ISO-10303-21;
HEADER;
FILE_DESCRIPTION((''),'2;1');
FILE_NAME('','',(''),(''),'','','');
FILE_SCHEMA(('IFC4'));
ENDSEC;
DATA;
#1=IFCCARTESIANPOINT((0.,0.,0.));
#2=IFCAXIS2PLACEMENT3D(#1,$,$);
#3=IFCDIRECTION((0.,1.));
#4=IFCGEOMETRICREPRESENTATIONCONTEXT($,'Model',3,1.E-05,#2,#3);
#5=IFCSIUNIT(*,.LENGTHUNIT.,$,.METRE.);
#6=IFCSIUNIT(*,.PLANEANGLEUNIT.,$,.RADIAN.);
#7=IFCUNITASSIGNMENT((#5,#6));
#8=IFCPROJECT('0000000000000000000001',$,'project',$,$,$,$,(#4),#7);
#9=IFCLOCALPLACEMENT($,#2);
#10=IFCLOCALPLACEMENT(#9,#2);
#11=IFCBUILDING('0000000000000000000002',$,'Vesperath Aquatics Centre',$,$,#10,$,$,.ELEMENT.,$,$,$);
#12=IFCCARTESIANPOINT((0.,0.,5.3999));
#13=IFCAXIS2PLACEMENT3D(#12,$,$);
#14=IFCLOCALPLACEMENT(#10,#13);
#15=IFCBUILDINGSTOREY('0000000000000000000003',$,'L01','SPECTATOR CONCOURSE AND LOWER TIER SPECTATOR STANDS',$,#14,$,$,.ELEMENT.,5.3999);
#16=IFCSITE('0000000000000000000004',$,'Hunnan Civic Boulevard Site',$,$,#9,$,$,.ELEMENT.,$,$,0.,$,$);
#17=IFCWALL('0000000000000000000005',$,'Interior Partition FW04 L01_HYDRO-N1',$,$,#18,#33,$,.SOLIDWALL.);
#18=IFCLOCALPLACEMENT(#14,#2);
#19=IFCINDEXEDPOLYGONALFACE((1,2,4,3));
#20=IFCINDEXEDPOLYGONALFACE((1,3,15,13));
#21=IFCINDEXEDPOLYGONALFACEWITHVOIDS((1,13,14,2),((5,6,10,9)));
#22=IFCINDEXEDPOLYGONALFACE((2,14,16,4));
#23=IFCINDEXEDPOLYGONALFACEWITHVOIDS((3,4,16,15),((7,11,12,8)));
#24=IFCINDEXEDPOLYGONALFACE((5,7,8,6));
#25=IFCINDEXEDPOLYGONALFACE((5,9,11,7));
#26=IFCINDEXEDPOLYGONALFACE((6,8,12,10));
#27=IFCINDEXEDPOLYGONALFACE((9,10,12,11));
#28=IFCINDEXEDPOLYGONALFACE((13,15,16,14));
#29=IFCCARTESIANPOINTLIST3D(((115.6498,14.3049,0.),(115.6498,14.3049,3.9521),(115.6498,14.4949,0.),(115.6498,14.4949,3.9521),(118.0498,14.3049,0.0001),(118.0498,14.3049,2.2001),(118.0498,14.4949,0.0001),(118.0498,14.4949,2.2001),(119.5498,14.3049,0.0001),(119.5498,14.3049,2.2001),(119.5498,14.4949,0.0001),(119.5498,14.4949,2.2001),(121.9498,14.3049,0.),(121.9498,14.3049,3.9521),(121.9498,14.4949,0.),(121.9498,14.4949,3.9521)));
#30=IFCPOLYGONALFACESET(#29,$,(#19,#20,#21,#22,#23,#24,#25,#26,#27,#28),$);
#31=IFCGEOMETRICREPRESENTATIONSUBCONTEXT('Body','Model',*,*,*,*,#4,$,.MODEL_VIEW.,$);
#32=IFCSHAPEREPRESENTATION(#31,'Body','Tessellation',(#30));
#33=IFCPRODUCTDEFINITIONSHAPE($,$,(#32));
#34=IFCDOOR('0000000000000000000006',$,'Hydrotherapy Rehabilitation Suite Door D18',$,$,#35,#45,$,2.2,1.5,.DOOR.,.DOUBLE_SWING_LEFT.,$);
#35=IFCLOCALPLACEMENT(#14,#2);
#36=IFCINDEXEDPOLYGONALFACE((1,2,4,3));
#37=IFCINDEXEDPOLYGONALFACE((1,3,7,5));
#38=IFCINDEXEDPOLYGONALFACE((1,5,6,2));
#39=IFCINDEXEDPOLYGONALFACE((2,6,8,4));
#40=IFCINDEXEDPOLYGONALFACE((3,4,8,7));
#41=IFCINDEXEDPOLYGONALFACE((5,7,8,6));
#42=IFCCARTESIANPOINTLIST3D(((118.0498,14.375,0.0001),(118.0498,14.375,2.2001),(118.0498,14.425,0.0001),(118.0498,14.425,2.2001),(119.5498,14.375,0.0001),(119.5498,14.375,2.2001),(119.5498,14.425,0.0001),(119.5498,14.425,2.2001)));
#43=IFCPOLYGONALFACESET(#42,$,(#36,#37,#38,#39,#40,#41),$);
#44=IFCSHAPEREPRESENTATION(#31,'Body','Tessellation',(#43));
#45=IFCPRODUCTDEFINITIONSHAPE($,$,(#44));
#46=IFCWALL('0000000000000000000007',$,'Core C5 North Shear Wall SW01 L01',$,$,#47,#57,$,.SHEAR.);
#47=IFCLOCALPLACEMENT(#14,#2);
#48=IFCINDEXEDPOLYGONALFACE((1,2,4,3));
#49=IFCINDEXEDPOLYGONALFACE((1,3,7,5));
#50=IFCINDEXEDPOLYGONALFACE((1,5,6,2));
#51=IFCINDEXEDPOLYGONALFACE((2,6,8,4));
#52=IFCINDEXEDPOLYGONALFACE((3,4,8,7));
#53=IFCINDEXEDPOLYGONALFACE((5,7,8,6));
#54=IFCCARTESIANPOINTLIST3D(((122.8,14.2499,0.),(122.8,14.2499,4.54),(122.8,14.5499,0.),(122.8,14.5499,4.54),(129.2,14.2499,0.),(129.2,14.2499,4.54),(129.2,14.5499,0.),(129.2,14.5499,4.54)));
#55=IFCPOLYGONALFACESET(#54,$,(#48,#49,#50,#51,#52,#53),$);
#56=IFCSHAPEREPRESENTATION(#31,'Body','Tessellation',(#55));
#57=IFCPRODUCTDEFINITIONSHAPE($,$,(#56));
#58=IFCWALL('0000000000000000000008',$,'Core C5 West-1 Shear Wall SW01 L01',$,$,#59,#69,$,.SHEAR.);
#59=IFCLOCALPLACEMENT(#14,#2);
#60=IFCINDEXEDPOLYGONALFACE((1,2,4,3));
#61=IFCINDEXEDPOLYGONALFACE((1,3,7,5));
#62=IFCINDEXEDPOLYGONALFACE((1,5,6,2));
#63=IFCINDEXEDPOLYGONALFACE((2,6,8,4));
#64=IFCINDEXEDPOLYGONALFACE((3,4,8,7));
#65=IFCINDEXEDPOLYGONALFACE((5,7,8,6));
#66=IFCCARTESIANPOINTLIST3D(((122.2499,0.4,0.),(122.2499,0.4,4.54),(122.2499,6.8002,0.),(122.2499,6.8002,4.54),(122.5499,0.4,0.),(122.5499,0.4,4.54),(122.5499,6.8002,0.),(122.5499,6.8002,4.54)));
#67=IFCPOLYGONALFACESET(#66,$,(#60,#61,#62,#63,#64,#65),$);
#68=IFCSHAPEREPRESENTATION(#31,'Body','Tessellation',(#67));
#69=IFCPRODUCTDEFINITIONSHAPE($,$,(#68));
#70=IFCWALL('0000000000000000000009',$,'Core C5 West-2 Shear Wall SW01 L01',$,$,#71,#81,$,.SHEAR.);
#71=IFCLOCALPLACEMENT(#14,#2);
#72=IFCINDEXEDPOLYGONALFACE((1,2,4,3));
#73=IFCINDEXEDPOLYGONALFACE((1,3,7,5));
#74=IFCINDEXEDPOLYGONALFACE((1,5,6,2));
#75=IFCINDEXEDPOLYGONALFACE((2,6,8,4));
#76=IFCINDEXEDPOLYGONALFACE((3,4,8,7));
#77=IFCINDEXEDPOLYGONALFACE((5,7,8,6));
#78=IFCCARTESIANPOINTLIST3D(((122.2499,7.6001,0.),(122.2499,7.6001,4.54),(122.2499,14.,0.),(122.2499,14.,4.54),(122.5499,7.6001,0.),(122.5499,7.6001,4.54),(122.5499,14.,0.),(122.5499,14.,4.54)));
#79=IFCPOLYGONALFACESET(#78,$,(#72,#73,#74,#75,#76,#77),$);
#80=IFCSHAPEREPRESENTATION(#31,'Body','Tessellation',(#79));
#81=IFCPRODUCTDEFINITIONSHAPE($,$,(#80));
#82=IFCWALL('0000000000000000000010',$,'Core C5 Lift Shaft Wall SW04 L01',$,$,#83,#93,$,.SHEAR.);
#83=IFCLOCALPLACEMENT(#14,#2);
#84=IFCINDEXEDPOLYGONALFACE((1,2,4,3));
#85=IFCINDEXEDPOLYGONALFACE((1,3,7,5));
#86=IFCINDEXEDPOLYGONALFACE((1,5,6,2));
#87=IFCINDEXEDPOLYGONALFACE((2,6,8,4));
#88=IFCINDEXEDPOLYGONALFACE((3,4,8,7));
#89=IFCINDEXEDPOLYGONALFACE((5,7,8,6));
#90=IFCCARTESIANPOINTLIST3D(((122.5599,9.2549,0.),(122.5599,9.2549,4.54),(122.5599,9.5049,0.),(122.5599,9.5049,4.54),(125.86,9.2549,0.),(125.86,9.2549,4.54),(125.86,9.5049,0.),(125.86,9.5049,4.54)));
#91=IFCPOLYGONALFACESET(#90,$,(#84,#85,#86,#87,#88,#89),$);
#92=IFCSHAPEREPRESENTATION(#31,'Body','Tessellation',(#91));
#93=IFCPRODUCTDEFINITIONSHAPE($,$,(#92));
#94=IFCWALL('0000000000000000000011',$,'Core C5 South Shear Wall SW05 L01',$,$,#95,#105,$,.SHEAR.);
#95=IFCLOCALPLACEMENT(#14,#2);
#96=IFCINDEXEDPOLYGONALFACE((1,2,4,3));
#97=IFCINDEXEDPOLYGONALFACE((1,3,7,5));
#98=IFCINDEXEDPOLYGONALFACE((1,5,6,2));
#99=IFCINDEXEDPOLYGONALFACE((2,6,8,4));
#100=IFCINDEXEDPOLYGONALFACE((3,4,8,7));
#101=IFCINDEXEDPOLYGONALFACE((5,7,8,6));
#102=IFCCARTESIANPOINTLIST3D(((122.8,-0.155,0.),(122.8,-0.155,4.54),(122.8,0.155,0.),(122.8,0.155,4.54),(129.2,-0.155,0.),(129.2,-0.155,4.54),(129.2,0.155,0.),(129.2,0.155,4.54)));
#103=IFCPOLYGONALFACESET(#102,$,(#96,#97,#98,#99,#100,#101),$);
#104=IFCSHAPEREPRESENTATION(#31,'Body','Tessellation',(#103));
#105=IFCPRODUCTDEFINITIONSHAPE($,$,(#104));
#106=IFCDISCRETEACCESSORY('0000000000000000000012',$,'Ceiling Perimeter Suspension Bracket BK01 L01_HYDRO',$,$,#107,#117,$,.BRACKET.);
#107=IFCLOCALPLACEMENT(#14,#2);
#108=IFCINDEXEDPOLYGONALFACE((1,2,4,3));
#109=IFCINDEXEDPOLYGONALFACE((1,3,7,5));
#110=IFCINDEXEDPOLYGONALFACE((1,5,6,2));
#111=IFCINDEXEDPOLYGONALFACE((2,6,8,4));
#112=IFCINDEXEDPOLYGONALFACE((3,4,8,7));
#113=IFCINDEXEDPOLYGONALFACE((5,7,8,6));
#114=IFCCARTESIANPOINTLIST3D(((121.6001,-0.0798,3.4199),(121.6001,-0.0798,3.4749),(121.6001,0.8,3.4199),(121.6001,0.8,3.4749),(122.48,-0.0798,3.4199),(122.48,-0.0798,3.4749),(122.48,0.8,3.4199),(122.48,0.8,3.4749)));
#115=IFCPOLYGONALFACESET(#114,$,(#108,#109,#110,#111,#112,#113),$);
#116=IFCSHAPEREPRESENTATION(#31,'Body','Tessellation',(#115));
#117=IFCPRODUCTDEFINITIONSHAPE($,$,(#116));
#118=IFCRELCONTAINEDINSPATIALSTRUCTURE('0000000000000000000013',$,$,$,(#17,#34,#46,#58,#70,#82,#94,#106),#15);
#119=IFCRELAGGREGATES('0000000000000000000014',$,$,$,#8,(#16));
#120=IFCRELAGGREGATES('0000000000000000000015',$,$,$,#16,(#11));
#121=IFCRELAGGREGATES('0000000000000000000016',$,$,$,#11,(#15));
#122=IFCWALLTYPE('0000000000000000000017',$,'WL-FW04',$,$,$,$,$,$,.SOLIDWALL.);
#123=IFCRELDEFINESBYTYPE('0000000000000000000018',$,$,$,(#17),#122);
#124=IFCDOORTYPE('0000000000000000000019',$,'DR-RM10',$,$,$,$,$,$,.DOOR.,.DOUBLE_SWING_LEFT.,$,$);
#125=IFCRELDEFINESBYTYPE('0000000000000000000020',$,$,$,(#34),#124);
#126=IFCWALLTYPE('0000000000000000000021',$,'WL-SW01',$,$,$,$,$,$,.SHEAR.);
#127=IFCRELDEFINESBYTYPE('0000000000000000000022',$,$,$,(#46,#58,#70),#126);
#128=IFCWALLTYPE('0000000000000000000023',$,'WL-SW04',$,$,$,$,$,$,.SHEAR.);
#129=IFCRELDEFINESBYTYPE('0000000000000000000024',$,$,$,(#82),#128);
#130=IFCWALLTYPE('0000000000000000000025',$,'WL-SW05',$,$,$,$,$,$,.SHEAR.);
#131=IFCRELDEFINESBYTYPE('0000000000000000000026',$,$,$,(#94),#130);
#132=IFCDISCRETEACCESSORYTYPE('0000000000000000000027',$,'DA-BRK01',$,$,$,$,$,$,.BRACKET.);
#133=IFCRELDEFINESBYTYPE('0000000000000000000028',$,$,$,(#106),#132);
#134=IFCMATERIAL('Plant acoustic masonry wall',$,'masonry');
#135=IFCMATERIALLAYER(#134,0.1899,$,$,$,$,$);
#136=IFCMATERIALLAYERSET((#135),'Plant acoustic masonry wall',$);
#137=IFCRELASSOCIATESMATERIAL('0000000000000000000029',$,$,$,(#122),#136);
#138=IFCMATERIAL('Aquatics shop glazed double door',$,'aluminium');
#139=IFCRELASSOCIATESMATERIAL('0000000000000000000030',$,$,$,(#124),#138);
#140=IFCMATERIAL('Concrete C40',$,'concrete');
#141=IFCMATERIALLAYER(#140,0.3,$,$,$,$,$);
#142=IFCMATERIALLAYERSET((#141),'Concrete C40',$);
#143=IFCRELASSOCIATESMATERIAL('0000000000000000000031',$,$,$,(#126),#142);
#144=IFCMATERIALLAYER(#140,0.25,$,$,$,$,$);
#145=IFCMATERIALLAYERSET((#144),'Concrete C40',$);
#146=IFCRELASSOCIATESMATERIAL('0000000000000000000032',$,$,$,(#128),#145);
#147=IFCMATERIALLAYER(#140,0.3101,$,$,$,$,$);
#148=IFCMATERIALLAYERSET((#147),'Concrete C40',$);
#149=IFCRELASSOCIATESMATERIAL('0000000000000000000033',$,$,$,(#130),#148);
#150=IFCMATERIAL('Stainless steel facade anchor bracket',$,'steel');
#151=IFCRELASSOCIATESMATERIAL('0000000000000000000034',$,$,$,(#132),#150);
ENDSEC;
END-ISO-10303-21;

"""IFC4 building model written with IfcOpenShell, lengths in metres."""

from ifc_helpers import new_model, si_unit, direction, frame, frame_2d, origin, origin_2d, place, context, subcontext, project, spatial, rectangle, extrude, material, layer, layer_set, type_object, element, fill, save


model = new_model("IFC4")

# Units and contexts
model_context = context("Model", 3, precision=1e-05, world=origin(), true_north=direction((0.0, 1.0)))
body_context = subcontext(model_context, "Body", "Model", "MODEL_VIEW")
ifc_project = project(units=[si_unit("LENGTHUNIT", "METRE"), si_unit("PLANEANGLEUNIT", "RADIAN")], contexts=[model_context])

# Site, building, storey
site_placement = place(None, origin())
site = spatial("IfcSite", under=ifc_project, at=site_placement, Name="Hunnan Civic Boulevard Site", CompositionType="ELEMENT", RefElevation=0.0)
building_placement = place(site_placement, origin())
building = spatial("IfcBuilding", under=site, at=building_placement, Name="Vesperath Aquatics Centre", CompositionType="ELEMENT")
storey_placement = place(building_placement, frame((0.0, 0.0, 5.3999)))
storey = spatial("IfcBuildingStorey", under=building, at=storey_placement, Name="L01", Description="SPECTATOR CONCOURSE AND LOWER TIER SPECTATOR STANDS", CompositionType="ELEMENT", Elevation=5.3999)

# Shared definitions
ifc_material_1 = material(Name="Concrete C40", Category="concrete")

# Wall, opening, door
ifc_material_2 = material(Name="Plant acoustic masonry wall", Category="masonry")
ifc_layer_1 = layer(ifc_material_2, 0.1899)
ifc_layer_set_1 = layer_set([ifc_layer_1], Name="Plant acoustic masonry wall")
wall_type_1 = type_object("IfcWallType", Name="WL-FW04", PredefinedType="SOLIDWALL", material=ifc_layer_set_1)
wall_1_placement = place(storey_placement, frame((115.6499, 14.3999, 0.0), z_axis=(0.0, 0.0, 1.0), x_axis=(1.0, 0.0, 0.0)))
wall_1 = element("IfcWall", 1, at=wall_1_placement, inside=storey, type_object=wall_type_1, Name="Interior Partition FW04 L01_HYDRO-N1", PredefinedType="SOLIDWALL", context=body_context, shape_type="SweptSolid", body=[
    extrude(rectangle(XDim=6.3, YDim=0.1899, at=frame_2d((3.1499, 0.0))), origin(), (0.0, 0.0, 1.0), 3.9521),
])
opening_placement = place(wall_1_placement, frame((2.3999, 0.0, 0.0)))
opening = element("IfcOpeningElement", 2, at=opening_placement, cuts=wall_1, PredefinedType="OPENING", context=body_context, shape_type="SweptSolid", body=[
    extrude(rectangle(XDim=1.5, YDim=2.2, at=frame_2d((0.75, 1.1001))), frame((0.0, 0.1099, 0.0), z_axis=(0.0, -1.0, 0.0), x_axis=(1.0, 0.0, 0.0)), (0.0, 0.0, 1.0), 0.2197),
])
ifc_material_3 = material(Name="Aquatics shop glazed double door", Category="aluminium")
door_type = type_object("IfcDoorType", Name="DR-RM10", OperationType="DOUBLE_SWING_LEFT", PredefinedType="DOOR", material=ifc_material_3)
door_placement = place(opening_placement, frame((1.5, 0.0, 0.0), z_axis=(0.0, 0.0, 1.0), x_axis=(-1.0, 0.0, 0.0)))
door = element("IfcDoor", 3, at=door_placement, inside=storey, type_object=door_type, Name="Hydrotherapy Rehabilitation Suite Door D18", OperationType="DOUBLE_SWING_LEFT", OverallHeight=2.2, OverallWidth=1.5, PredefinedType="DOOR", context=body_context, shape_type="SweptSolid", body=[
    extrude(rectangle(XDim=1.5, YDim=2.2, at=frame_2d((0.75, 1.1001))), frame((0.0, 0.0249, 0.0), z_axis=(0.0, -1.0, 0.0), x_axis=(1.0, 0.0, 0.0)), (0.0, 0.0, 1.0), 0.05),
])
fill(opening, door)

# Walls
ifc_layer_2 = layer(ifc_material_1, 0.3)
ifc_layer_set_2 = layer_set([ifc_layer_2], Name="Concrete C40")
wall_type_2 = type_object("IfcWallType", Name="WL-SW01", PredefinedType="SHEAR", material=ifc_layer_set_2)
wall_2_placement = place(storey_placement, frame((122.8, 14.3999, 0.0), z_axis=(0.0, 0.0, 1.0), x_axis=(1.0, 0.0, 0.0)))
element("IfcWall", 4, at=wall_2_placement, inside=storey, type_object=wall_type_2, Name="Core C5 North Shear Wall SW01 L01", PredefinedType="SHEAR", context=body_context, shape_type="SweptSolid", body=[
    extrude(rectangle(XDim=6.3999, YDim=0.3, at=frame_2d((3.2, 0.0))), origin(), (0.0, 0.0, 1.0), 4.54),
])
wall_3_placement = place(storey_placement, frame((122.3999, 0.3999, 0.0), z_axis=(0.0, 0.0, 1.0), x_axis=(0.0, 1.0, 0.0)))
element("IfcWall", 5, at=wall_3_placement, inside=storey, type_object=wall_type_2, Name="Core C5 West-1 Shear Wall SW01 L01", PredefinedType="SHEAR", context=body_context, shape_type="SweptSolid", body=[
    extrude(rectangle(XDim=6.4001, YDim=0.3, at=frame_2d((3.2002, 0.0))), origin(), (0.0, 0.0, 1.0), 4.54),
])
wall_4_placement = place(storey_placement, frame((122.3999, 7.6001, 0.0), z_axis=(0.0, 0.0, 1.0), x_axis=(0.0, 1.0, 0.0)))
element("IfcWall", 6, at=wall_4_placement, inside=storey, type_object=wall_type_2, Name="Core C5 West-2 Shear Wall SW01 L01", PredefinedType="SHEAR", context=body_context, shape_type="SweptSolid", body=[
    extrude(rectangle(XDim=6.3999, YDim=0.3, at=frame_2d((3.2, 0.0))), origin(), (0.0, 0.0, 1.0), 4.54),
])
ifc_layer_3 = layer(ifc_material_1, 0.25)
ifc_layer_set_3 = layer_set([ifc_layer_3], Name="Concrete C40")
wall_type_3 = type_object("IfcWallType", Name="WL-SW04", PredefinedType="SHEAR", material=ifc_layer_set_3)
wall_5_placement = place(storey_placement, frame((122.5601, 9.3799, 0.0), z_axis=(0.0, 0.0, 1.0), x_axis=(1.0, 0.0, 0.0)))
element("IfcWall", 7, at=wall_5_placement, inside=storey, type_object=wall_type_3, Name="Core C5 Lift Shaft Wall SW04 L01", PredefinedType="SHEAR", context=body_context, shape_type="SweptSolid", body=[
    extrude(rectangle(XDim=3.3, YDim=0.25, at=frame_2d((1.6499, 0.0))), origin(), (0.0, 0.0, 1.0), 4.54),
])
ifc_layer_4 = layer(ifc_material_1, 0.3101)
ifc_layer_set_4 = layer_set([ifc_layer_4], Name="Concrete C40")
wall_type_4 = type_object("IfcWallType", Name="WL-SW05", PredefinedType="SHEAR", material=ifc_layer_set_4)
wall_6_placement = place(storey_placement, frame((122.8, 0.0, 0.0), z_axis=(0.0, 0.0, 1.0), x_axis=(1.0, 0.0, 0.0)))
element("IfcWall", 8, at=wall_6_placement, inside=storey, type_object=wall_type_4, Name="Core C5 South Shear Wall SW05 L01", PredefinedType="SHEAR", context=body_context, shape_type="SweptSolid", body=[
    extrude(rectangle(XDim=6.3999, YDim=0.3101, at=frame_2d((3.2, 0.0))), origin(), (0.0, 0.0, 1.0), 4.54),
])

# Discrete accessory
ifc_material_4 = material(Name="Stainless steel facade anchor bracket", Category="steel")
discrete_accessory_type = type_object("IfcDiscreteAccessoryType", Name="DA-BRK01", PredefinedType="BRACKET", material=ifc_material_4)
discrete_accessory_placement = place(storey_placement, frame((122.04, 0.3601, 3.4199), z_axis=(0.0, 0.0, 1.0), x_axis=(1.0, 0.0, 0.0)))
element("IfcDiscreteAccessory", 9, at=discrete_accessory_placement, inside=storey, type_object=discrete_accessory_type, Name="Ceiling Perimeter Suspension Bracket BK01 L01_HYDRO", PredefinedType="BRACKET", context=body_context, shape_type="SweptSolid", body=[
    extrude(rectangle(XDim=0.8799, YDim=0.8799, at=origin_2d()), origin(), (0.0, 0.0, 1.0), 0.0549),
])

save(model, "model.ifc")
